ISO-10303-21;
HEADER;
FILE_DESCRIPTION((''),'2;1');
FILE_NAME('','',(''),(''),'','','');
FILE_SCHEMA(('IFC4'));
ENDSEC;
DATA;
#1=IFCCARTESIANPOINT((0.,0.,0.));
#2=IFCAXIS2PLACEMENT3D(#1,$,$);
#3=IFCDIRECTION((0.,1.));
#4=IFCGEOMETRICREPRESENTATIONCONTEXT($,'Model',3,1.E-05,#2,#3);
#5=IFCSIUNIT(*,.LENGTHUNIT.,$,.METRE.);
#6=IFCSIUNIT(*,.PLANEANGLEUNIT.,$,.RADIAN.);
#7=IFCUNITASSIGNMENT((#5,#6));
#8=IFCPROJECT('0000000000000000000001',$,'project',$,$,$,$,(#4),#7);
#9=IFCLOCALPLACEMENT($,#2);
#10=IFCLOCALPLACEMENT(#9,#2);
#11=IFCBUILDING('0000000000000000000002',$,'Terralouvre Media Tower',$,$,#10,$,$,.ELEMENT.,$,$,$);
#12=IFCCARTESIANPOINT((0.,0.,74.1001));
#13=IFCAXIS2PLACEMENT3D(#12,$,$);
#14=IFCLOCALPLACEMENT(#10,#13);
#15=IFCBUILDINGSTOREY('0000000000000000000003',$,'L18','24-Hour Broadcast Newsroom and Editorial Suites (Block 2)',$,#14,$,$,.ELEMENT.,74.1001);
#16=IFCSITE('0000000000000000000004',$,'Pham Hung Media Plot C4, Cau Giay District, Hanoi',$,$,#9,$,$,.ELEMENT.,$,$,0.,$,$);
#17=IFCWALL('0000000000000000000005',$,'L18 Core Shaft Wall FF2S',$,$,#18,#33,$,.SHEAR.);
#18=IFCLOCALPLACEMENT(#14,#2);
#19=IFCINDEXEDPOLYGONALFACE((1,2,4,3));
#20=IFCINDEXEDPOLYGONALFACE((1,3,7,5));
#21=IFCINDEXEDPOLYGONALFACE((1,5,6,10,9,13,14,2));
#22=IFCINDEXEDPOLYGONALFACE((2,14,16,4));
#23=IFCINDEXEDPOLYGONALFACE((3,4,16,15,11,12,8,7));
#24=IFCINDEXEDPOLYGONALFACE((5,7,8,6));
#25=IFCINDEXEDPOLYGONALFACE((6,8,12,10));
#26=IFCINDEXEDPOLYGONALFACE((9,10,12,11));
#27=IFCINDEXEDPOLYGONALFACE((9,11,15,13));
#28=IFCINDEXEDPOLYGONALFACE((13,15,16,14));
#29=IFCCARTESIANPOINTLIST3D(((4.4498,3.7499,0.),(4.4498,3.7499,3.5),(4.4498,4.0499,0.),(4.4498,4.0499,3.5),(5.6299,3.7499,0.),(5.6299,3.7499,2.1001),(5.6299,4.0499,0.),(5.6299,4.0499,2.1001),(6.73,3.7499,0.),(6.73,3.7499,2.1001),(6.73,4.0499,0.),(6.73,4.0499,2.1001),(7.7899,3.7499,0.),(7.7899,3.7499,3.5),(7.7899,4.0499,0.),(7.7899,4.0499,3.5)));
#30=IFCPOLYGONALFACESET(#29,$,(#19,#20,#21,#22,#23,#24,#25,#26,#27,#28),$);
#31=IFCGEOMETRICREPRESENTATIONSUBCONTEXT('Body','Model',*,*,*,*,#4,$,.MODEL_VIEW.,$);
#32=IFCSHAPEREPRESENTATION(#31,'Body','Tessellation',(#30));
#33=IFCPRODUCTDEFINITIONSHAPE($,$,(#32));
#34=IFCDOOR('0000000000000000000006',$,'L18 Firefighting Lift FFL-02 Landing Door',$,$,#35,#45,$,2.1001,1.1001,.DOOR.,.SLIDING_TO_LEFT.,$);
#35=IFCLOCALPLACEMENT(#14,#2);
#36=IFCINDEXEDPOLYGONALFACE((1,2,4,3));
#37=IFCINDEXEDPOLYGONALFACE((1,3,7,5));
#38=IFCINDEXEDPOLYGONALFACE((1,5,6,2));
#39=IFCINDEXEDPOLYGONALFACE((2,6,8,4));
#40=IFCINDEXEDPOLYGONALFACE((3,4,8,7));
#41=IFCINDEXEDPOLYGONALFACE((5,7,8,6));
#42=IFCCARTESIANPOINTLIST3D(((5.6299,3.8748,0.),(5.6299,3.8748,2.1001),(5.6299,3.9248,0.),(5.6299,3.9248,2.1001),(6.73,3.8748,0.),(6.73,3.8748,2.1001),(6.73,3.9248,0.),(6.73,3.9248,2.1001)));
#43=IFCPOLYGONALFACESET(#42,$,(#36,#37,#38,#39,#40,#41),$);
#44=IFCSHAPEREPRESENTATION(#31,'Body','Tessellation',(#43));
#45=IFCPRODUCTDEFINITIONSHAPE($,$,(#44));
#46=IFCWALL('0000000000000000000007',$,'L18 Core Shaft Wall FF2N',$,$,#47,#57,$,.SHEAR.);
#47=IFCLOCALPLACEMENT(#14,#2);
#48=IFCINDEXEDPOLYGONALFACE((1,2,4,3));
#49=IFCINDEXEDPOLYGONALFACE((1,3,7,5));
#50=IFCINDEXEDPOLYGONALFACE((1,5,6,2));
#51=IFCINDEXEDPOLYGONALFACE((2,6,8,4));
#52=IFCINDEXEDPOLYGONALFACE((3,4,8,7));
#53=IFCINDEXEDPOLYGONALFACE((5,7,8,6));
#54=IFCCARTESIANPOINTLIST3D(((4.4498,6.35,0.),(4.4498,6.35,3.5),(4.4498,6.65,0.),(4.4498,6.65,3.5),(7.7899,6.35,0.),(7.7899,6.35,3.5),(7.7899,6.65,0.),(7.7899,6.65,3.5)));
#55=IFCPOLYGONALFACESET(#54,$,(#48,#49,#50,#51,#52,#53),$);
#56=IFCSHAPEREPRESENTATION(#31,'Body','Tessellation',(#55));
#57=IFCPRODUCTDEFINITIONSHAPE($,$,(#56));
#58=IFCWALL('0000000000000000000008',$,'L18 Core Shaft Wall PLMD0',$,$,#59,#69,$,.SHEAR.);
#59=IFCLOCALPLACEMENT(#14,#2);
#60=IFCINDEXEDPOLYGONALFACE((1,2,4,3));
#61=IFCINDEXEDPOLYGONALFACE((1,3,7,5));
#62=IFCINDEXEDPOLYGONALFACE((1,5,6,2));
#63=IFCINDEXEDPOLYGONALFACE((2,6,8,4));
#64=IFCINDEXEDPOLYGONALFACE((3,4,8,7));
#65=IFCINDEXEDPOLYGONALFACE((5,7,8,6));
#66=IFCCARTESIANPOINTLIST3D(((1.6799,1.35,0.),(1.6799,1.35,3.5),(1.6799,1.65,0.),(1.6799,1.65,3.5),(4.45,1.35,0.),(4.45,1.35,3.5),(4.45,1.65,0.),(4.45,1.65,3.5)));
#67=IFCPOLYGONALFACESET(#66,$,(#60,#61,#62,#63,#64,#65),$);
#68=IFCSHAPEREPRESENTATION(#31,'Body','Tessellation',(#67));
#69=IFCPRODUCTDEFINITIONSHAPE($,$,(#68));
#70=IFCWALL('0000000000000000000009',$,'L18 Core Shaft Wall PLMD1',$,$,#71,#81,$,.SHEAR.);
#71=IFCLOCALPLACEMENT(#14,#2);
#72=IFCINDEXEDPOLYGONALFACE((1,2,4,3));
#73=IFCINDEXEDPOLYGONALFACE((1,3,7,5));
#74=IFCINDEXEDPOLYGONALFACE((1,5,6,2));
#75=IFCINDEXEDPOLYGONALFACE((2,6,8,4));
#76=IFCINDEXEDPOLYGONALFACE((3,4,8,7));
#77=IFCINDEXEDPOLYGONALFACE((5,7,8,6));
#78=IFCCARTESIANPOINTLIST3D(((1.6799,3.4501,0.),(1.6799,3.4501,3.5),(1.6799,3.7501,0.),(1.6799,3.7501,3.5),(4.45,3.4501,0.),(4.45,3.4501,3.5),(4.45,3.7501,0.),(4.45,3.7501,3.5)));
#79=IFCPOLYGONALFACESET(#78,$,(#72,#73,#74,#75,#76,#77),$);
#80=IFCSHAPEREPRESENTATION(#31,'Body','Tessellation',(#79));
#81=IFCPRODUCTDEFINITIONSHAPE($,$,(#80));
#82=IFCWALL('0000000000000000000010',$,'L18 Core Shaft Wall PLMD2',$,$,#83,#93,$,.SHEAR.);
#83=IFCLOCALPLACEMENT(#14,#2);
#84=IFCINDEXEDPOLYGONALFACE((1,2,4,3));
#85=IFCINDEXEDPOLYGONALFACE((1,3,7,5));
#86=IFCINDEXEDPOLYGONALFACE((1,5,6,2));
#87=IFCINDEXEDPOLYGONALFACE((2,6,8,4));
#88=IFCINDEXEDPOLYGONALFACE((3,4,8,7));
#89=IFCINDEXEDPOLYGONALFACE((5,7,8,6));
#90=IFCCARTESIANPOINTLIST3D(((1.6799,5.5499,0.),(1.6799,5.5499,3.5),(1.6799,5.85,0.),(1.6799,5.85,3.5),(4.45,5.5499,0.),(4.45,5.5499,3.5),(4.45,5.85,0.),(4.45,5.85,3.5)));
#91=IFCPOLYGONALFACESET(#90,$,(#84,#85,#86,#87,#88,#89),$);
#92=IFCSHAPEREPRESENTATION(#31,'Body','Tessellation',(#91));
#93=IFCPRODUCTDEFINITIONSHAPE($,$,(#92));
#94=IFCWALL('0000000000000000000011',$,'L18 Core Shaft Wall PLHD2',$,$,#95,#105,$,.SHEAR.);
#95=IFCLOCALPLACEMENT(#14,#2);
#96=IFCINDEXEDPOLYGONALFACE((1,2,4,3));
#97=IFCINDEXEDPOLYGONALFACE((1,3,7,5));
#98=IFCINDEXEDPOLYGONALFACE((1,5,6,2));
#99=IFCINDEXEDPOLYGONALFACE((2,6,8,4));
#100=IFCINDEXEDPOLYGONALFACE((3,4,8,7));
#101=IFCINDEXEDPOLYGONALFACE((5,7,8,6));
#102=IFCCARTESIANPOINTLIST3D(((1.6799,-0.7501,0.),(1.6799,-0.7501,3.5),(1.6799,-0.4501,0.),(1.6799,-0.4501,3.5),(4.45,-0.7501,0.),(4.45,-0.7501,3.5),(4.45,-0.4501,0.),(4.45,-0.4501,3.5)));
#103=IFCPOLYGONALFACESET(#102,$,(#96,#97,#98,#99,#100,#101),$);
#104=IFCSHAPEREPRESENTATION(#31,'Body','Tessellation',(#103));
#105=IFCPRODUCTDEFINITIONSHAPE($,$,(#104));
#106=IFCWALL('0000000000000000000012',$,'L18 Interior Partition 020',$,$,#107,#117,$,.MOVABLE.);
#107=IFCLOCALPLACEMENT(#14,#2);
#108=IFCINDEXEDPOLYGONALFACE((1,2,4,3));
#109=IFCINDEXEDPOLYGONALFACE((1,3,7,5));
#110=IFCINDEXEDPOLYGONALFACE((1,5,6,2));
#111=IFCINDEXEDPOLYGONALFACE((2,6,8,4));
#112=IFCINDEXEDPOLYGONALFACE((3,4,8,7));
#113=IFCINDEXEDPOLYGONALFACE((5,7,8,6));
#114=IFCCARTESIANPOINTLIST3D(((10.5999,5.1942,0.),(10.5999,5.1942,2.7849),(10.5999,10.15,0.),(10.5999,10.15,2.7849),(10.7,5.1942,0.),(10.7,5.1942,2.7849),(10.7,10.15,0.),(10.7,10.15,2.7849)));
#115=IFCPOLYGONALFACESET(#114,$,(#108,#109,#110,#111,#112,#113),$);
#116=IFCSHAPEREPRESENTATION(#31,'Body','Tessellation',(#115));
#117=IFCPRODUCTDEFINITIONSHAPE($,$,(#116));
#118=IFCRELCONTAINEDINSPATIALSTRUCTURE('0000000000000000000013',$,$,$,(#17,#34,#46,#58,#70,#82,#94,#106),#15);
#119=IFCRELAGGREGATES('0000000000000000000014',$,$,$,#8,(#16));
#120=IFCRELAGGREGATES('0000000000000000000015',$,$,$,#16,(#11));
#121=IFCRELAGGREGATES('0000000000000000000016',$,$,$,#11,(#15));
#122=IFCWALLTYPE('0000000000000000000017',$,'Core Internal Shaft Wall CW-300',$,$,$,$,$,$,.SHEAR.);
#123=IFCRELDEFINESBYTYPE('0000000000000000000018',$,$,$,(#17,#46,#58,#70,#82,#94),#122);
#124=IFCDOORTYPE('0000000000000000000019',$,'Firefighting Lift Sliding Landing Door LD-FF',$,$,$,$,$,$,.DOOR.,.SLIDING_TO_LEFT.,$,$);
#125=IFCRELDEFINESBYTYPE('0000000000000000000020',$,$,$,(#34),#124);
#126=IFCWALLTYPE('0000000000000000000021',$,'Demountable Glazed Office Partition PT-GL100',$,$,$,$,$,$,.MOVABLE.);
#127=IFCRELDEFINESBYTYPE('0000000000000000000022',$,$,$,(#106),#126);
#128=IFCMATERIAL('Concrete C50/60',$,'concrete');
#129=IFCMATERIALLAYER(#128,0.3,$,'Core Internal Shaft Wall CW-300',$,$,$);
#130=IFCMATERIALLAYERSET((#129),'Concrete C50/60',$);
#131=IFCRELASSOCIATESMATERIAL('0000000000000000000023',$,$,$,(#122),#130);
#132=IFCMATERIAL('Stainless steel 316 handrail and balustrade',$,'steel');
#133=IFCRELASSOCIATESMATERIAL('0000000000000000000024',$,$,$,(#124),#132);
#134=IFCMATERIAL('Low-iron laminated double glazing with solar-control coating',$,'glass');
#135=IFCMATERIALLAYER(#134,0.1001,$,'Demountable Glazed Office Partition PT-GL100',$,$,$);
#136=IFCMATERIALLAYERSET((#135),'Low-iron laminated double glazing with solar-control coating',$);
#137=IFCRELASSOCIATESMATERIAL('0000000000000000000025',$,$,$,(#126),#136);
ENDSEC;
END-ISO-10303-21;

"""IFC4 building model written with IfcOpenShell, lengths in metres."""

from ifc_helpers import new_model, si_unit, direction, frame, frame_2d, origin, place, context, subcontext, project, spatial, rectangle, extrude, material, layer, layer_set, type_object, element, fill, save


model = new_model("IFC4")

# Units and contexts
model_context = context("Model", 3, precision=1e-05, world=origin(), true_north=direction((0.0, 1.0)))
body_context = subcontext(model_context, "Body", "Model", "MODEL_VIEW")
ifc_project = project(units=[si_unit("LENGTHUNIT", "METRE"), si_unit("PLANEANGLEUNIT", "RADIAN")], contexts=[model_context])

# Site, building, storey
site_placement = place(None, origin())
site = spatial("IfcSite", under=ifc_project, at=site_placement, Name="Pham Hung Media Plot C4, Cau Giay District, Hanoi", CompositionType="ELEMENT", RefElevation=0.0)
building_placement = place(site_placement, origin())
building = spatial("IfcBuilding", under=site, at=building_placement, Name="Terralouvre Media Tower", CompositionType="ELEMENT")
storey_placement = place(building_placement, frame((0.0, 0.0, 74.1001)))
storey = spatial("IfcBuildingStorey", under=building, at=storey_placement, Name="L18", Description="24-Hour Broadcast Newsroom and Editorial Suites (Block 2)", CompositionType="ELEMENT", Elevation=74.1001)

# Wall, opening, door
ifc_material_1 = material(Name="Concrete C50/60", Category="concrete")
ifc_layer_1 = layer(ifc_material_1, 0.3, Name="Core Internal Shaft Wall CW-300")
ifc_layer_set_1 = layer_set([ifc_layer_1], Name="Concrete C50/60")
wall_type_1 = type_object("IfcWallType", Name="Core Internal Shaft Wall CW-300", PredefinedType="SHEAR", material=ifc_layer_set_1)
wall_1_placement = place(storey_placement, frame((4.45, 3.8999, 0.0), z_axis=(0.0, 0.0, 1.0), x_axis=(1.0, 0.0, 0.0)))
wall_1 = element("IfcWall", 1, at=wall_1_placement, inside=storey, type_object=wall_type_1, Name="L18 Core Shaft Wall FF2S", PredefinedType="SHEAR", context=body_context, shape_type="SweptSolid", body=[
    extrude(rectangle(XDim=3.3401, YDim=0.3, at=frame_2d((1.6699, 0.0))), origin(), (0.0, 0.0, 1.0), 3.5),
])
opening_1_placement = place(wall_1_placement, frame((1.1799, 0.0, 0.0)))
opening_1 = element("IfcOpeningElement", 2, at=opening_1_placement, cuts=wall_1, PredefinedType="OPENING", context=body_context, shape_type="SweptSolid", body=[
    extrude(rectangle(XDim=1.1001, YDim=2.1001, at=frame_2d((0.55, 1.05))), frame((0.0, 0.1599, 0.0), z_axis=(0.0, -1.0, 0.0), x_axis=(1.0, 0.0, 0.0)), (0.0, 0.0, 1.0), 0.3201),
])
ifc_material_2 = material(Name="Stainless steel 316 handrail and balustrade", Category="steel")
door_type_1 = type_object("IfcDoorType", Name="Firefighting Lift Sliding Landing Door LD-FF", OperationType="SLIDING_TO_LEFT", PredefinedType="DOOR", material=ifc_material_2)
door_1_placement = place(opening_1_placement, origin())
door_1 = element("IfcDoor", 3, at=door_1_placement, inside=storey, type_object=door_type_1, Name="L18 Firefighting Lift FFL-02 Landing Door", OperationType="SLIDING_TO_LEFT", OverallHeight=2.1001, OverallWidth=1.1001, PredefinedType="DOOR", context=body_context, shape_type="SweptSolid", body=[
    extrude(rectangle(XDim=1.1001, YDim=2.1001, at=frame_2d((0.55, 1.05))), frame((0.0, 0.0249, 0.0), z_axis=(0.0, -1.0, 0.0), x_axis=(1.0, 0.0, 0.0)), (0.0, 0.0, 1.0), 0.05),
])
fill(opening_1, door_1)

# Walls
wall_2_placement = place(storey_placement, frame((4.45, 6.5, 0.0), z_axis=(0.0, 0.0, 1.0), x_axis=(1.0, 0.0, 0.0)))
element("IfcWall", 4, at=wall_2_placement, inside=storey, type_object=wall_type_1, Name="L18 Core Shaft Wall FF2N", PredefinedType="SHEAR", context=body_context, shape_type="SweptSolid", body=[
    extrude(rectangle(XDim=3.3401, YDim=0.3, at=frame_2d((1.6699, 0.0))), origin(), (0.0, 0.0, 1.0), 3.5),
])
for number, where, z_axis, x_axis, name in (
    (5, (1.6799, 1.5, 0.0), (0.0, 0.0, 1.0), (1.0, 0.0, 0.0), "L18 Core Shaft Wall PLMD0"),
    (6, (1.6799, 3.6001, 0.0), (0.0, 0.0, 1.0), (1.0, 0.0, 0.0), "L18 Core Shaft Wall PLMD1"),
    (7, (1.6799, 5.7, 0.0), (0.0, 0.0, 1.0), (1.0, 0.0, 0.0), "L18 Core Shaft Wall PLMD2"),
    (8, (1.6799, -0.6001, 0.0), (0.0, 0.0, 1.0), (1.0, 0.0, 0.0), "L18 Core Shaft Wall PLHD2"),
):
    element("IfcWall", number, at=place(storey_placement, frame(where, z_axis=z_axis, x_axis=x_axis)), inside=storey, type_object=wall_type_1, Name=name, PredefinedType="SHEAR", context=body_context, shape_type="SweptSolid", body=[
        extrude(rectangle(XDim=2.77, YDim=0.3, at=frame_2d((1.385, 0.0))), origin(), (0.0, 0.0, 1.0), 3.5),
    ])
ifc_material_3 = material(Name="Low-iron laminated double glazing with solar-control coating", Category="glass")
ifc_layer_2 = layer(ifc_material_3, 0.1001, Name="Demountable Glazed Office Partition PT-GL100")
ifc_layer_set_2 = layer_set([ifc_layer_2], Name="Low-iron laminated double glazing with solar-control coating")
wall_type_2 = type_object("IfcWallType", Name="Demountable Glazed Office Partition PT-GL100", PredefinedType="MOVABLE", material=ifc_layer_set_2)
wall_3_placement = place(storey_placement, frame((10.6499, 5.1941, 0.0), z_axis=(0.0, 0.0, 1.0), x_axis=(0.0, 1.0, 0.0)))
element("IfcWall", 9, at=wall_3_placement, inside=storey, type_object=wall_type_2, Name="L18 Interior Partition 020", PredefinedType="MOVABLE", context=body_context, shape_type="SweptSolid", body=[
    extrude(rectangle(XDim=4.9558, YDim=0.1001, at=frame_2d((2.478, 0.0))), origin(), (0.0, 0.0, 1.0), 2.7849),
])

save(model, "model.ifc")
